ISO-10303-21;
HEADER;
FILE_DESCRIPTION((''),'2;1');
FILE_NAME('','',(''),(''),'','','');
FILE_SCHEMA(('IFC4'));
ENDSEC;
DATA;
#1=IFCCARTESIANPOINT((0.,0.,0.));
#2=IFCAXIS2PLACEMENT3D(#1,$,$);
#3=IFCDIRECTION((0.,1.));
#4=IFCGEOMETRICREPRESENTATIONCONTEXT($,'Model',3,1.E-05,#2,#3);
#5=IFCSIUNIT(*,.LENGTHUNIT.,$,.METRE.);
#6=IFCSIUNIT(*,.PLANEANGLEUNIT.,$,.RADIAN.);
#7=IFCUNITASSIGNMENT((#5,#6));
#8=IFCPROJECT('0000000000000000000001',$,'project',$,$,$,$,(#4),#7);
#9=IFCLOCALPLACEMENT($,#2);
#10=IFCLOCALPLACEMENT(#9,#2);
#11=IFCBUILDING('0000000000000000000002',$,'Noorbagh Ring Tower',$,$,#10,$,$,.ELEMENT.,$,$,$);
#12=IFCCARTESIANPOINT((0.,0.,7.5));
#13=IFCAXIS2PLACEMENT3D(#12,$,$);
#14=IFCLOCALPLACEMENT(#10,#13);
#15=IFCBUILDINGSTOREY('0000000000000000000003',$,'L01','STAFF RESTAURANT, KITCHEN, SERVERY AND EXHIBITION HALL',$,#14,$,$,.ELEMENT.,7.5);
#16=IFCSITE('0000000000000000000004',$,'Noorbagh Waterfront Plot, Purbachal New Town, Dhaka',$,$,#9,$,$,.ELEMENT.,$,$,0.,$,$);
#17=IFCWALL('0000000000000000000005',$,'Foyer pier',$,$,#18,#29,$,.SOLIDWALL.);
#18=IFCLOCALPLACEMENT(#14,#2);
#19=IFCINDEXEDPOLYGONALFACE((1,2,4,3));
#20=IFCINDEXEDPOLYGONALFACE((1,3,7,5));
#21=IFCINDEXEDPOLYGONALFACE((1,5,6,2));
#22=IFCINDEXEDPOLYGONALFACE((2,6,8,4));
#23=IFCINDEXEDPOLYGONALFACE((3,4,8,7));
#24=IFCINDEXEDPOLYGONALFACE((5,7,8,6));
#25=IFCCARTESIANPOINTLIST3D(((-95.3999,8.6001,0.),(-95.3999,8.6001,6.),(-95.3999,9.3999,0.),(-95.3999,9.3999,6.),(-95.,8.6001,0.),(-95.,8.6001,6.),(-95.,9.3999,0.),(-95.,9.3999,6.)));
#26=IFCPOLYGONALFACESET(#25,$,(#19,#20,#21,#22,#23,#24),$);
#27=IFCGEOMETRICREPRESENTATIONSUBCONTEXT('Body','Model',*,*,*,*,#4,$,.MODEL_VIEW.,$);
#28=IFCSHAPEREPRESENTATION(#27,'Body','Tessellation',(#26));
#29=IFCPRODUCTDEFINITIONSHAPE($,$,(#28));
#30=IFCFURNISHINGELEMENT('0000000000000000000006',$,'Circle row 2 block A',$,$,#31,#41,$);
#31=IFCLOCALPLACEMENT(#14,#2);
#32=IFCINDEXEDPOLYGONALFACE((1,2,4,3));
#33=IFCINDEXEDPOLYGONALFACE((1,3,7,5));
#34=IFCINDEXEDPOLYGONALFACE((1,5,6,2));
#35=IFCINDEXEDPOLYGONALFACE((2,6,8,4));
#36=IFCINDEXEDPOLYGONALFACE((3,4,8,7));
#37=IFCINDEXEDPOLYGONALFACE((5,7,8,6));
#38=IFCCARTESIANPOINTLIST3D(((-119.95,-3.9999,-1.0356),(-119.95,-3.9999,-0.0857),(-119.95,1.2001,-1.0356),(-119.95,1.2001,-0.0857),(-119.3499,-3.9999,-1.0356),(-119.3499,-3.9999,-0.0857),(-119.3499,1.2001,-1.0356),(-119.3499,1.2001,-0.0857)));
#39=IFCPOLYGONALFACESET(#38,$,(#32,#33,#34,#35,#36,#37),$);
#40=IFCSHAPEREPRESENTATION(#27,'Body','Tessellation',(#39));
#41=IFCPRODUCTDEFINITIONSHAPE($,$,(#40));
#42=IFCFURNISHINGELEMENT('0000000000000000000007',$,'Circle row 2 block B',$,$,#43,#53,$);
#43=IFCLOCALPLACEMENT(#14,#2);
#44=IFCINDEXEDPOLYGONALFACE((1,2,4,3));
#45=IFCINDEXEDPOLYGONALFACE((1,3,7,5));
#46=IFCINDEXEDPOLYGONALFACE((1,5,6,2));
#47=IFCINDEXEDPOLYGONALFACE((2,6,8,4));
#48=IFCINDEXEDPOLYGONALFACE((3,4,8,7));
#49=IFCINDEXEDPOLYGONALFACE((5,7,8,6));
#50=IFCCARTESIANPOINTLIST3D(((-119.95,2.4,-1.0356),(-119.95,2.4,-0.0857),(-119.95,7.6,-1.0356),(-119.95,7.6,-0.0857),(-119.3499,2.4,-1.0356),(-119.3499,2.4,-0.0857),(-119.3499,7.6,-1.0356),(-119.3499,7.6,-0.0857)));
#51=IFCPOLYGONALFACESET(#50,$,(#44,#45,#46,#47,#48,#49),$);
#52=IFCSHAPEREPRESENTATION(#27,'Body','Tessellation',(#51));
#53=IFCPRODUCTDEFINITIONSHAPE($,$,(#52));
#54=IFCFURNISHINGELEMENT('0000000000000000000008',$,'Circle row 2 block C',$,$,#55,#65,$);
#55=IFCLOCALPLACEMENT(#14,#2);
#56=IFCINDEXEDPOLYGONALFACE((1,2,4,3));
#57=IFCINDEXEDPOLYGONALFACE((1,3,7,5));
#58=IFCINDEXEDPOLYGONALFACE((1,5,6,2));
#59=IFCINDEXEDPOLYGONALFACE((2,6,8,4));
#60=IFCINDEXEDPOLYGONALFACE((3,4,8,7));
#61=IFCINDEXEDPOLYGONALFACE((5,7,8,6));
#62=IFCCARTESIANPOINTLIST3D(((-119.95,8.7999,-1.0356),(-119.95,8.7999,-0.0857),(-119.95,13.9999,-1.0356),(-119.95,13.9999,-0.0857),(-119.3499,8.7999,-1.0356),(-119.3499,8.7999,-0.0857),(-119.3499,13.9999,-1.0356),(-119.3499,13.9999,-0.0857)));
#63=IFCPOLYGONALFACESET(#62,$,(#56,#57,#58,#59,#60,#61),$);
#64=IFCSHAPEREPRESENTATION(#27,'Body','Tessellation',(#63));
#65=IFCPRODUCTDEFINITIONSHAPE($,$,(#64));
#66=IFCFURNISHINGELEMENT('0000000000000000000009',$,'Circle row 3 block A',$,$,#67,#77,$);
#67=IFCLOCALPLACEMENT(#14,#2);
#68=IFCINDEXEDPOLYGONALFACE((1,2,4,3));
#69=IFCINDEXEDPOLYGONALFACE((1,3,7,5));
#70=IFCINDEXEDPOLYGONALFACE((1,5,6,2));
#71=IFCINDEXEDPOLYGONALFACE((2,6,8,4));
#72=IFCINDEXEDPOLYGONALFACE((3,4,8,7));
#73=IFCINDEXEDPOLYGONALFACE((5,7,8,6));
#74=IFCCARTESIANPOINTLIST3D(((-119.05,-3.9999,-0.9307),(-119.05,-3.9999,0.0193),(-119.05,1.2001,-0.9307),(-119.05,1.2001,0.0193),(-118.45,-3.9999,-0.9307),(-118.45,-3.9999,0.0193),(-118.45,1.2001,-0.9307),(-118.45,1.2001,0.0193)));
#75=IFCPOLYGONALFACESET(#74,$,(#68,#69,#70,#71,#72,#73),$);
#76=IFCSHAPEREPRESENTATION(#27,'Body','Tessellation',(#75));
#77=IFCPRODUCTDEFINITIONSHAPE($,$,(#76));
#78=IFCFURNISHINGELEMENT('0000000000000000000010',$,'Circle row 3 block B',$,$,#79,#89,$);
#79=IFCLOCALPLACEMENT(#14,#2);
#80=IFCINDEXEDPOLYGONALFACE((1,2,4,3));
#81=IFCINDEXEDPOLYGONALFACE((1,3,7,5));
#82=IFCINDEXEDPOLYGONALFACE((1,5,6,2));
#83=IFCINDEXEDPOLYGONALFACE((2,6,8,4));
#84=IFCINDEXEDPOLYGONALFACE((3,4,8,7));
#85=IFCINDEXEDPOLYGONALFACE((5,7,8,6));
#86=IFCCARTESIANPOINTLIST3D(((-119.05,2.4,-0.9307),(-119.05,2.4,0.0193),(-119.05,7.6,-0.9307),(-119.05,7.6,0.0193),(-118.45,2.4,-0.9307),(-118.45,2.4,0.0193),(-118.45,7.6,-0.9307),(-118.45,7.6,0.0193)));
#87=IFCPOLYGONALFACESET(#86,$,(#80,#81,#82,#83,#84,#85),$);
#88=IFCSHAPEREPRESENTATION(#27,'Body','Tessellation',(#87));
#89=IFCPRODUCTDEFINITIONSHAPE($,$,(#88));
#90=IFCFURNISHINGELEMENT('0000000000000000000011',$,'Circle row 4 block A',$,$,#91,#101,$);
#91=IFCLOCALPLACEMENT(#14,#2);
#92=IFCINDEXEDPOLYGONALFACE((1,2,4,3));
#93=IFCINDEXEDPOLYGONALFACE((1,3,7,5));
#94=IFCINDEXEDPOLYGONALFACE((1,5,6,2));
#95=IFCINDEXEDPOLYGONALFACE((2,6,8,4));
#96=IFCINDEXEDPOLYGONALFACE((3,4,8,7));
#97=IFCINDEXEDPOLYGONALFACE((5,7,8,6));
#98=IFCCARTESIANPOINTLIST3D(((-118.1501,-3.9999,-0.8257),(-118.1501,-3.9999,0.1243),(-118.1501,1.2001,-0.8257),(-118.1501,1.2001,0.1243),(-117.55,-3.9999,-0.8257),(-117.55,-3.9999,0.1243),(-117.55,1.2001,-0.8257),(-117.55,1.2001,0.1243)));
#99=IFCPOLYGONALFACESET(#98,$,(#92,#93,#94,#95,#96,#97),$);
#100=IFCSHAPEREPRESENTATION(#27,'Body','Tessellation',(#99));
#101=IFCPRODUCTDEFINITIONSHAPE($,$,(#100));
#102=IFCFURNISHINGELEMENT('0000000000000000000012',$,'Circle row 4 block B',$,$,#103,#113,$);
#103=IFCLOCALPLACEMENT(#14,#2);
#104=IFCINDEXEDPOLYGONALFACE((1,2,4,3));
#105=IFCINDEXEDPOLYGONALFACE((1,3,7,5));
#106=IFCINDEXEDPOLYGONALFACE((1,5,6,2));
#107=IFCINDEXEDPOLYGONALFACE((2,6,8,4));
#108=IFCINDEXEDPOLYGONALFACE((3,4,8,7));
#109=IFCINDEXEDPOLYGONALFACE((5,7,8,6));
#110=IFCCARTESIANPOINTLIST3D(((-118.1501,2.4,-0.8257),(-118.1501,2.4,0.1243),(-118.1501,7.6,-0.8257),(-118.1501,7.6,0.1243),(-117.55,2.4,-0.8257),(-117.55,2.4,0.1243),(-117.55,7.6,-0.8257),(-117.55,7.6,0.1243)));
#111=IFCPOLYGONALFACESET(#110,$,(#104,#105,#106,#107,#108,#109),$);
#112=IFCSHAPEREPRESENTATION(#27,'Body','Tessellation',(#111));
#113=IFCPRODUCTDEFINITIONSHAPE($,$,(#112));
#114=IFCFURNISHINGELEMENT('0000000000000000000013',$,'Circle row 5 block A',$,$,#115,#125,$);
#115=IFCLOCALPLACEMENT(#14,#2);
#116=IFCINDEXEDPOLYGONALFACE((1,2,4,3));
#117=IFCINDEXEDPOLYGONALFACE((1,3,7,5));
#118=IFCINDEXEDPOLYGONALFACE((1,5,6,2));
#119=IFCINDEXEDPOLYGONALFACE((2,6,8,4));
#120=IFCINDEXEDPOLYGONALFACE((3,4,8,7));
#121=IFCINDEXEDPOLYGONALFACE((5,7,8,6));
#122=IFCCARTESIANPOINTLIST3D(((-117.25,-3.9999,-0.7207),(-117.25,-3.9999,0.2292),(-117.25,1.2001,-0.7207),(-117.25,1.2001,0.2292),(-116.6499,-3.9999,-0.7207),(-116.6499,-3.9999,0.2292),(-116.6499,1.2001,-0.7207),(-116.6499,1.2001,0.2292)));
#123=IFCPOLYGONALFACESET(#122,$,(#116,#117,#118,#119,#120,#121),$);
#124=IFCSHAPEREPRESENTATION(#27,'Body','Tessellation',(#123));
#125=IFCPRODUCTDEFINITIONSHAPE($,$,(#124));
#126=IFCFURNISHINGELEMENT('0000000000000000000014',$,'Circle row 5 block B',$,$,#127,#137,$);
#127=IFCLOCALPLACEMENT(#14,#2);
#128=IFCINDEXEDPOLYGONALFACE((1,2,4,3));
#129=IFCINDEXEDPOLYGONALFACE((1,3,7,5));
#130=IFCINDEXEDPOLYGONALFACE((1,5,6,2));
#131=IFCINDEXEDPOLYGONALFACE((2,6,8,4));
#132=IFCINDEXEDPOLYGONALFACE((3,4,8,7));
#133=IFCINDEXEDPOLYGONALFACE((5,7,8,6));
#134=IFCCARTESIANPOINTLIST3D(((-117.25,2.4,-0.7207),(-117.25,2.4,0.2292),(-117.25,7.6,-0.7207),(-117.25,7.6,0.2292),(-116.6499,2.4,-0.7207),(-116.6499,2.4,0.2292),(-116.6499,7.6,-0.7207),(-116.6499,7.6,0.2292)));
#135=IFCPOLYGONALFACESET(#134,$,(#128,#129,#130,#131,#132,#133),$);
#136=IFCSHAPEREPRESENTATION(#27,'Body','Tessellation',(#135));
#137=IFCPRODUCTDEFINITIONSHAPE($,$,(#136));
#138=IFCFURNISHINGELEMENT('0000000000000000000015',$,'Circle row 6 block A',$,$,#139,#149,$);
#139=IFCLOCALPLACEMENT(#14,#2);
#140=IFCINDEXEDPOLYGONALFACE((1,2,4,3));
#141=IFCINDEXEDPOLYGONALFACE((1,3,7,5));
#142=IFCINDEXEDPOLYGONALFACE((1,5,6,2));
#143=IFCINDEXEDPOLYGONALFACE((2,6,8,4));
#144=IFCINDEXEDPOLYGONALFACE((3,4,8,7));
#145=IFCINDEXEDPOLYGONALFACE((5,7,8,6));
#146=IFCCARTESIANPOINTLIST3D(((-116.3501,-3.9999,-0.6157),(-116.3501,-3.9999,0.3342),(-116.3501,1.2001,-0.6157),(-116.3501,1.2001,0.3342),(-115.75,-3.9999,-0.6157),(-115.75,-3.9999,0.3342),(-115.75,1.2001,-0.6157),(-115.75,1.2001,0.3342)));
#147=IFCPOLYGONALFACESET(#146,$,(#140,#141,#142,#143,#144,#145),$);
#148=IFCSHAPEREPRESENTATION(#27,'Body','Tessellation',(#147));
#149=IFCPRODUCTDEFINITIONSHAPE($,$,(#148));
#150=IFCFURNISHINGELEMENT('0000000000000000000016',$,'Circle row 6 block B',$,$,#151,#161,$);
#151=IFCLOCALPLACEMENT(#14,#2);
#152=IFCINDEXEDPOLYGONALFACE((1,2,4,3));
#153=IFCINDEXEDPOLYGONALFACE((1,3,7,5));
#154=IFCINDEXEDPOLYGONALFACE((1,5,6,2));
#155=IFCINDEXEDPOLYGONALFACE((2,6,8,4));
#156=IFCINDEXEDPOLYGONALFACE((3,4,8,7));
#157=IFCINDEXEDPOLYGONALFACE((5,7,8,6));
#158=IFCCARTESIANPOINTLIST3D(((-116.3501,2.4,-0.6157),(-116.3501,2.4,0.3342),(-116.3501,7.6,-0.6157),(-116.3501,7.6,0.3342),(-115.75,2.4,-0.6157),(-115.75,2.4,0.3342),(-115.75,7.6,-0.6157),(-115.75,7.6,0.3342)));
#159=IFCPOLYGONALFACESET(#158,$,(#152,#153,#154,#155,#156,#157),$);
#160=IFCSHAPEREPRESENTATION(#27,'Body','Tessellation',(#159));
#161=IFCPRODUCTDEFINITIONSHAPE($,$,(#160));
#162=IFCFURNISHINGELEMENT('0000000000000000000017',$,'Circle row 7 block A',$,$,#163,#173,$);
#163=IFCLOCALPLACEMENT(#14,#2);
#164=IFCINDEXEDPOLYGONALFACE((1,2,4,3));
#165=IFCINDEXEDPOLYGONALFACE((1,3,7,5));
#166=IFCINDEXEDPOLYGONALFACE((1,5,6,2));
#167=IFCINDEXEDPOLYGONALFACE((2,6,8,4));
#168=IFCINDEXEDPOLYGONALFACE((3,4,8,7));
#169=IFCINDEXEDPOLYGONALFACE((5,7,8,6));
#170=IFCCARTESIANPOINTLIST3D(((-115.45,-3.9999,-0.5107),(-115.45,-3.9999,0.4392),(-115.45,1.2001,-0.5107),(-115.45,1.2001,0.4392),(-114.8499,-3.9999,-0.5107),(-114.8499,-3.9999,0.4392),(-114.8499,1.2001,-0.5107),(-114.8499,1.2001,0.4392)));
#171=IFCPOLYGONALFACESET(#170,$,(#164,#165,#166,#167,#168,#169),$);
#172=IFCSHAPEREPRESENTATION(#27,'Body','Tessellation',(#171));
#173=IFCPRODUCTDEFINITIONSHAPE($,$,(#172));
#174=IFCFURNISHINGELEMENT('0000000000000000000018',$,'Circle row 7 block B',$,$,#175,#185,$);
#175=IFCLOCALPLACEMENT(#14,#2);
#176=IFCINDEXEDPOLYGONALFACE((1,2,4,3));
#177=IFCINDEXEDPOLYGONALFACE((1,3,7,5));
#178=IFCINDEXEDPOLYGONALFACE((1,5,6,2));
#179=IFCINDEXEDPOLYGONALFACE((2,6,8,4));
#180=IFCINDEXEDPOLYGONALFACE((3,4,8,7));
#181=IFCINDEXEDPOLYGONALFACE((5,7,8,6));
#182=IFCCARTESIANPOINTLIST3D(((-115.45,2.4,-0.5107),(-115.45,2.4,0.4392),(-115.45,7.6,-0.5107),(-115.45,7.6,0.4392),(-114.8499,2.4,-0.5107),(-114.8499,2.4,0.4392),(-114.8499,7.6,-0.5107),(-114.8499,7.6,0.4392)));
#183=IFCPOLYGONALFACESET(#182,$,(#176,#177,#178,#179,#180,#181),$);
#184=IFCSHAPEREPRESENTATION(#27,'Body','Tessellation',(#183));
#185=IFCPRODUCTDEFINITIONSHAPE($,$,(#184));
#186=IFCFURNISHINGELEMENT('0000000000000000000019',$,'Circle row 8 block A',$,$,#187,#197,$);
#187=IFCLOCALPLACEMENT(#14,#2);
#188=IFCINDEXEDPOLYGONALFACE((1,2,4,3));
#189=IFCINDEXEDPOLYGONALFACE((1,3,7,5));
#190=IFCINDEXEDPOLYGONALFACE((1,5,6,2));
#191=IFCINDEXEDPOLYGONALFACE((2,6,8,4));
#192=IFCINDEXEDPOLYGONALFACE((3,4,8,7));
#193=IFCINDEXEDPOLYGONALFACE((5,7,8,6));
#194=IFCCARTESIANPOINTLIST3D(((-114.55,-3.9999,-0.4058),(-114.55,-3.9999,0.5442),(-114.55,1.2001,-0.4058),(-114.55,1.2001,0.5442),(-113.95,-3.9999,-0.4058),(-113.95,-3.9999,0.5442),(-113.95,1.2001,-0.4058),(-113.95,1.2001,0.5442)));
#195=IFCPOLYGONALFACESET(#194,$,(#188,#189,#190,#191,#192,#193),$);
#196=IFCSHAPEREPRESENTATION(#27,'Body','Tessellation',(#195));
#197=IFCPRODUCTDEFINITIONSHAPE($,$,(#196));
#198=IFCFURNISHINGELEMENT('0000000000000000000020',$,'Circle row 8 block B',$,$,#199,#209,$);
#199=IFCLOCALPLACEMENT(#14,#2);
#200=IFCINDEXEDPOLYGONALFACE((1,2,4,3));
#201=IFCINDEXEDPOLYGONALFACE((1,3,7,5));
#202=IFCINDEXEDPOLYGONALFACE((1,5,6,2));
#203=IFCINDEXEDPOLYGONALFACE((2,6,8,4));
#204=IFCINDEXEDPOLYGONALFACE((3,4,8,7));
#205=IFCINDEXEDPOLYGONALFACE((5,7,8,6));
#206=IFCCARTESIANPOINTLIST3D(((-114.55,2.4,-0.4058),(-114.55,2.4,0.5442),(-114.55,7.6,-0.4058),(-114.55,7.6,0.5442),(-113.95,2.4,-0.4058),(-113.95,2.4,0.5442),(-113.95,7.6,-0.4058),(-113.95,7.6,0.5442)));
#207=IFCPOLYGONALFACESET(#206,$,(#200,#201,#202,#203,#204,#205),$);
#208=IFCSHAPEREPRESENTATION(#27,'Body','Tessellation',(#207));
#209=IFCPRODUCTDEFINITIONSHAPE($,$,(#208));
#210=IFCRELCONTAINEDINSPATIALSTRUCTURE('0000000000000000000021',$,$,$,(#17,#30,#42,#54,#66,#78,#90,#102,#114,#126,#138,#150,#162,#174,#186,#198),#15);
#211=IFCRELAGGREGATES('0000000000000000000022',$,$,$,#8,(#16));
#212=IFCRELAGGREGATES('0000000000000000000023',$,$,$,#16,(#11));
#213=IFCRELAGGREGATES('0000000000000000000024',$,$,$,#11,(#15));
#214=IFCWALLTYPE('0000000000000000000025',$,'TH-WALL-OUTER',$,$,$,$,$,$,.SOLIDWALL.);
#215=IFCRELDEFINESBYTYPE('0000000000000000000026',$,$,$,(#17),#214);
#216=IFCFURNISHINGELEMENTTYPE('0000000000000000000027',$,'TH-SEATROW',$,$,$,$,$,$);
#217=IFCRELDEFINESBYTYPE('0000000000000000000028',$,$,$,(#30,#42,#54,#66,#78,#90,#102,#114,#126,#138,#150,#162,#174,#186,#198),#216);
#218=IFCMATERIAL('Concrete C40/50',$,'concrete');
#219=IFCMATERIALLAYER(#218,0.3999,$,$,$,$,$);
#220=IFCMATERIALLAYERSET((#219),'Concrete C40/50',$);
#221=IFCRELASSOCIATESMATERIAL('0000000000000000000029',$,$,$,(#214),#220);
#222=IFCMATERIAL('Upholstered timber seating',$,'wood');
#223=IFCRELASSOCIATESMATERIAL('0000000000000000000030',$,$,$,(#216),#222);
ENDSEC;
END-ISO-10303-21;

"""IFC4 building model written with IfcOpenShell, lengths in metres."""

from ifc_helpers import new_model, si_unit, direction, frame, frame_2d, origin, origin_2d, place, context, subcontext, project, spatial, rectangle, extrude, material, layer, layer_set, type_object, element, save


model = new_model("IFC4")

# Units and contexts
model_context = context("Model", 3, precision=1e-05, world=origin(), true_north=direction((0.0, 1.0)))
body_context = subcontext(model_context, "Body", "Model", "MODEL_VIEW")
ifc_project = project(units=[si_unit("LENGTHUNIT", "METRE"), si_unit("PLANEANGLEUNIT", "RADIAN")], contexts=[model_context])

# Site, building, storey
site_placement = place(None, origin())
site = spatial("IfcSite", under=ifc_project, at=site_placement, Name="Noorbagh Waterfront Plot, Purbachal New Town, Dhaka", CompositionType="ELEMENT", RefElevation=0.0)
building_placement = place(site_placement, origin())
building = spatial("IfcBuilding", under=site, at=building_placement, Name="Noorbagh Ring Tower", CompositionType="ELEMENT")
storey_placement = place(building_placement, frame((0.0, 0.0, 7.5)))
storey = spatial("IfcBuildingStorey", under=building, at=storey_placement, Name="L01", Description="STAFF RESTAURANT, KITCHEN, SERVERY AND EXHIBITION HALL", CompositionType="ELEMENT", Elevation=7.5)

# Wall
ifc_material_1 = material(Name="Concrete C40/50", Category="concrete")
ifc_layer_1 = layer(ifc_material_1, 0.3999)
ifc_layer_set_1 = layer_set([ifc_layer_1], Name="Concrete C40/50")
wall_type_1 = type_object("IfcWallType", Name="TH-WALL-OUTER", PredefinedType="SOLIDWALL", material=ifc_layer_set_1)
wall_1_placement = place(storey_placement, frame((-95.2, 8.6001, 0.0), z_axis=(0.0, 0.0, 1.0), x_axis=(0.0, 1.0, 0.0)))
element("IfcWall", 1, at=wall_1_placement, inside=storey, type_object=wall_type_1, Name="Foyer pier", PredefinedType="SOLIDWALL", context=body_context, shape_type="SweptSolid", body=[
    extrude(rectangle(XDim=0.7998, YDim=0.3999, at=frame_2d((0.3999, 0.0))), origin(), (0.0, 0.0, 1.0), 6.0),
])

# Furnishing elements
ifc_material_2 = material(Name="Upholstered timber seating", Category="wood")
furnishing_element_type = type_object("IfcFurnishingElementType", Name="TH-SEATROW", material=ifc_material_2)
for number, where, z_axis, x_axis, name in (
    (2, (-119.6499, -1.3999, -1.0356), (0.0, 0.0, 1.0), (1.0, 0.0, 0.0), "Circle row 2 block A"),
    (3, (-119.6499, 5.0, -1.0356), (0.0, 0.0, 1.0), (1.0, 0.0, 0.0), "Circle row 2 block B"),
    (4, (-119.6499, 11.3999, -1.0356), (0.0, 0.0, 1.0), (1.0, 0.0, 0.0), "Circle row 2 block C"),
    (5, (-118.75, -1.3999, -0.9307), (0.0, 0.0, 1.0), (1.0, 0.0, 0.0), "Circle row 3 block A"),
    (6, (-118.75, 5.0, -0.9307), (0.0, 0.0, 1.0), (1.0, 0.0, 0.0), "Circle row 3 block B"),
    (7, (-117.8501, -1.3999, -0.8257), (0.0, 0.0, 1.0), (1.0, 0.0, 0.0), "Circle row 4 block A"),
    (8, (-117.8501, 5.0, -0.8257), (0.0, 0.0, 1.0), (1.0, 0.0, 0.0), "Circle row 4 block B"),
    (9, (-116.95, -1.3999, -0.7207), (0.0, 0.0, 1.0), (1.0, 0.0, 0.0), "Circle row 5 block A"),
    (10, (-116.95, 5.0, -0.7207), (0.0, 0.0, 1.0), (1.0, 0.0, 0.0), "Circle row 5 block B"),
    (11, (-116.05, -1.3999, -0.6157), (0.0, 0.0, 1.0), (1.0, 0.0, 0.0), "Circle row 6 block A"),
    (12, (-116.05, 5.0, -0.6157), (0.0, 0.0, 1.0), (1.0, 0.0, 0.0), "Circle row 6 block B"),
    (13, (-115.1499, -1.3999, -0.5107), (0.0, 0.0, 1.0), (1.0, 0.0, 0.0), "Circle row 7 block A"),
    (14, (-115.1499, 5.0, -0.5107), (0.0, 0.0, 1.0), (1.0, 0.0, 0.0), "Circle row 7 block B"),
    (15, (-114.25, -1.3999, -0.4058), (0.0, 0.0, 1.0), (1.0, 0.0, 0.0), "Circle row 8 block A"),
    (16, (-114.25, 5.0, -0.4058), (0.0, 0.0, 1.0), (1.0, 0.0, 0.0), "Circle row 8 block B"),
):
    element("IfcFurnishingElement", number, at=place(storey_placement, frame(where, z_axis=z_axis, x_axis=x_axis)), inside=storey, type_object=furnishing_element_type, Name=name, context=body_context, shape_type="SweptSolid", body=[
        extrude(rectangle(XDim=0.6001, YDim=5.2, at=origin_2d()), origin(), (0.0, 0.0, 1.0), 0.95),
    ])

save(model, "model.ifc")
